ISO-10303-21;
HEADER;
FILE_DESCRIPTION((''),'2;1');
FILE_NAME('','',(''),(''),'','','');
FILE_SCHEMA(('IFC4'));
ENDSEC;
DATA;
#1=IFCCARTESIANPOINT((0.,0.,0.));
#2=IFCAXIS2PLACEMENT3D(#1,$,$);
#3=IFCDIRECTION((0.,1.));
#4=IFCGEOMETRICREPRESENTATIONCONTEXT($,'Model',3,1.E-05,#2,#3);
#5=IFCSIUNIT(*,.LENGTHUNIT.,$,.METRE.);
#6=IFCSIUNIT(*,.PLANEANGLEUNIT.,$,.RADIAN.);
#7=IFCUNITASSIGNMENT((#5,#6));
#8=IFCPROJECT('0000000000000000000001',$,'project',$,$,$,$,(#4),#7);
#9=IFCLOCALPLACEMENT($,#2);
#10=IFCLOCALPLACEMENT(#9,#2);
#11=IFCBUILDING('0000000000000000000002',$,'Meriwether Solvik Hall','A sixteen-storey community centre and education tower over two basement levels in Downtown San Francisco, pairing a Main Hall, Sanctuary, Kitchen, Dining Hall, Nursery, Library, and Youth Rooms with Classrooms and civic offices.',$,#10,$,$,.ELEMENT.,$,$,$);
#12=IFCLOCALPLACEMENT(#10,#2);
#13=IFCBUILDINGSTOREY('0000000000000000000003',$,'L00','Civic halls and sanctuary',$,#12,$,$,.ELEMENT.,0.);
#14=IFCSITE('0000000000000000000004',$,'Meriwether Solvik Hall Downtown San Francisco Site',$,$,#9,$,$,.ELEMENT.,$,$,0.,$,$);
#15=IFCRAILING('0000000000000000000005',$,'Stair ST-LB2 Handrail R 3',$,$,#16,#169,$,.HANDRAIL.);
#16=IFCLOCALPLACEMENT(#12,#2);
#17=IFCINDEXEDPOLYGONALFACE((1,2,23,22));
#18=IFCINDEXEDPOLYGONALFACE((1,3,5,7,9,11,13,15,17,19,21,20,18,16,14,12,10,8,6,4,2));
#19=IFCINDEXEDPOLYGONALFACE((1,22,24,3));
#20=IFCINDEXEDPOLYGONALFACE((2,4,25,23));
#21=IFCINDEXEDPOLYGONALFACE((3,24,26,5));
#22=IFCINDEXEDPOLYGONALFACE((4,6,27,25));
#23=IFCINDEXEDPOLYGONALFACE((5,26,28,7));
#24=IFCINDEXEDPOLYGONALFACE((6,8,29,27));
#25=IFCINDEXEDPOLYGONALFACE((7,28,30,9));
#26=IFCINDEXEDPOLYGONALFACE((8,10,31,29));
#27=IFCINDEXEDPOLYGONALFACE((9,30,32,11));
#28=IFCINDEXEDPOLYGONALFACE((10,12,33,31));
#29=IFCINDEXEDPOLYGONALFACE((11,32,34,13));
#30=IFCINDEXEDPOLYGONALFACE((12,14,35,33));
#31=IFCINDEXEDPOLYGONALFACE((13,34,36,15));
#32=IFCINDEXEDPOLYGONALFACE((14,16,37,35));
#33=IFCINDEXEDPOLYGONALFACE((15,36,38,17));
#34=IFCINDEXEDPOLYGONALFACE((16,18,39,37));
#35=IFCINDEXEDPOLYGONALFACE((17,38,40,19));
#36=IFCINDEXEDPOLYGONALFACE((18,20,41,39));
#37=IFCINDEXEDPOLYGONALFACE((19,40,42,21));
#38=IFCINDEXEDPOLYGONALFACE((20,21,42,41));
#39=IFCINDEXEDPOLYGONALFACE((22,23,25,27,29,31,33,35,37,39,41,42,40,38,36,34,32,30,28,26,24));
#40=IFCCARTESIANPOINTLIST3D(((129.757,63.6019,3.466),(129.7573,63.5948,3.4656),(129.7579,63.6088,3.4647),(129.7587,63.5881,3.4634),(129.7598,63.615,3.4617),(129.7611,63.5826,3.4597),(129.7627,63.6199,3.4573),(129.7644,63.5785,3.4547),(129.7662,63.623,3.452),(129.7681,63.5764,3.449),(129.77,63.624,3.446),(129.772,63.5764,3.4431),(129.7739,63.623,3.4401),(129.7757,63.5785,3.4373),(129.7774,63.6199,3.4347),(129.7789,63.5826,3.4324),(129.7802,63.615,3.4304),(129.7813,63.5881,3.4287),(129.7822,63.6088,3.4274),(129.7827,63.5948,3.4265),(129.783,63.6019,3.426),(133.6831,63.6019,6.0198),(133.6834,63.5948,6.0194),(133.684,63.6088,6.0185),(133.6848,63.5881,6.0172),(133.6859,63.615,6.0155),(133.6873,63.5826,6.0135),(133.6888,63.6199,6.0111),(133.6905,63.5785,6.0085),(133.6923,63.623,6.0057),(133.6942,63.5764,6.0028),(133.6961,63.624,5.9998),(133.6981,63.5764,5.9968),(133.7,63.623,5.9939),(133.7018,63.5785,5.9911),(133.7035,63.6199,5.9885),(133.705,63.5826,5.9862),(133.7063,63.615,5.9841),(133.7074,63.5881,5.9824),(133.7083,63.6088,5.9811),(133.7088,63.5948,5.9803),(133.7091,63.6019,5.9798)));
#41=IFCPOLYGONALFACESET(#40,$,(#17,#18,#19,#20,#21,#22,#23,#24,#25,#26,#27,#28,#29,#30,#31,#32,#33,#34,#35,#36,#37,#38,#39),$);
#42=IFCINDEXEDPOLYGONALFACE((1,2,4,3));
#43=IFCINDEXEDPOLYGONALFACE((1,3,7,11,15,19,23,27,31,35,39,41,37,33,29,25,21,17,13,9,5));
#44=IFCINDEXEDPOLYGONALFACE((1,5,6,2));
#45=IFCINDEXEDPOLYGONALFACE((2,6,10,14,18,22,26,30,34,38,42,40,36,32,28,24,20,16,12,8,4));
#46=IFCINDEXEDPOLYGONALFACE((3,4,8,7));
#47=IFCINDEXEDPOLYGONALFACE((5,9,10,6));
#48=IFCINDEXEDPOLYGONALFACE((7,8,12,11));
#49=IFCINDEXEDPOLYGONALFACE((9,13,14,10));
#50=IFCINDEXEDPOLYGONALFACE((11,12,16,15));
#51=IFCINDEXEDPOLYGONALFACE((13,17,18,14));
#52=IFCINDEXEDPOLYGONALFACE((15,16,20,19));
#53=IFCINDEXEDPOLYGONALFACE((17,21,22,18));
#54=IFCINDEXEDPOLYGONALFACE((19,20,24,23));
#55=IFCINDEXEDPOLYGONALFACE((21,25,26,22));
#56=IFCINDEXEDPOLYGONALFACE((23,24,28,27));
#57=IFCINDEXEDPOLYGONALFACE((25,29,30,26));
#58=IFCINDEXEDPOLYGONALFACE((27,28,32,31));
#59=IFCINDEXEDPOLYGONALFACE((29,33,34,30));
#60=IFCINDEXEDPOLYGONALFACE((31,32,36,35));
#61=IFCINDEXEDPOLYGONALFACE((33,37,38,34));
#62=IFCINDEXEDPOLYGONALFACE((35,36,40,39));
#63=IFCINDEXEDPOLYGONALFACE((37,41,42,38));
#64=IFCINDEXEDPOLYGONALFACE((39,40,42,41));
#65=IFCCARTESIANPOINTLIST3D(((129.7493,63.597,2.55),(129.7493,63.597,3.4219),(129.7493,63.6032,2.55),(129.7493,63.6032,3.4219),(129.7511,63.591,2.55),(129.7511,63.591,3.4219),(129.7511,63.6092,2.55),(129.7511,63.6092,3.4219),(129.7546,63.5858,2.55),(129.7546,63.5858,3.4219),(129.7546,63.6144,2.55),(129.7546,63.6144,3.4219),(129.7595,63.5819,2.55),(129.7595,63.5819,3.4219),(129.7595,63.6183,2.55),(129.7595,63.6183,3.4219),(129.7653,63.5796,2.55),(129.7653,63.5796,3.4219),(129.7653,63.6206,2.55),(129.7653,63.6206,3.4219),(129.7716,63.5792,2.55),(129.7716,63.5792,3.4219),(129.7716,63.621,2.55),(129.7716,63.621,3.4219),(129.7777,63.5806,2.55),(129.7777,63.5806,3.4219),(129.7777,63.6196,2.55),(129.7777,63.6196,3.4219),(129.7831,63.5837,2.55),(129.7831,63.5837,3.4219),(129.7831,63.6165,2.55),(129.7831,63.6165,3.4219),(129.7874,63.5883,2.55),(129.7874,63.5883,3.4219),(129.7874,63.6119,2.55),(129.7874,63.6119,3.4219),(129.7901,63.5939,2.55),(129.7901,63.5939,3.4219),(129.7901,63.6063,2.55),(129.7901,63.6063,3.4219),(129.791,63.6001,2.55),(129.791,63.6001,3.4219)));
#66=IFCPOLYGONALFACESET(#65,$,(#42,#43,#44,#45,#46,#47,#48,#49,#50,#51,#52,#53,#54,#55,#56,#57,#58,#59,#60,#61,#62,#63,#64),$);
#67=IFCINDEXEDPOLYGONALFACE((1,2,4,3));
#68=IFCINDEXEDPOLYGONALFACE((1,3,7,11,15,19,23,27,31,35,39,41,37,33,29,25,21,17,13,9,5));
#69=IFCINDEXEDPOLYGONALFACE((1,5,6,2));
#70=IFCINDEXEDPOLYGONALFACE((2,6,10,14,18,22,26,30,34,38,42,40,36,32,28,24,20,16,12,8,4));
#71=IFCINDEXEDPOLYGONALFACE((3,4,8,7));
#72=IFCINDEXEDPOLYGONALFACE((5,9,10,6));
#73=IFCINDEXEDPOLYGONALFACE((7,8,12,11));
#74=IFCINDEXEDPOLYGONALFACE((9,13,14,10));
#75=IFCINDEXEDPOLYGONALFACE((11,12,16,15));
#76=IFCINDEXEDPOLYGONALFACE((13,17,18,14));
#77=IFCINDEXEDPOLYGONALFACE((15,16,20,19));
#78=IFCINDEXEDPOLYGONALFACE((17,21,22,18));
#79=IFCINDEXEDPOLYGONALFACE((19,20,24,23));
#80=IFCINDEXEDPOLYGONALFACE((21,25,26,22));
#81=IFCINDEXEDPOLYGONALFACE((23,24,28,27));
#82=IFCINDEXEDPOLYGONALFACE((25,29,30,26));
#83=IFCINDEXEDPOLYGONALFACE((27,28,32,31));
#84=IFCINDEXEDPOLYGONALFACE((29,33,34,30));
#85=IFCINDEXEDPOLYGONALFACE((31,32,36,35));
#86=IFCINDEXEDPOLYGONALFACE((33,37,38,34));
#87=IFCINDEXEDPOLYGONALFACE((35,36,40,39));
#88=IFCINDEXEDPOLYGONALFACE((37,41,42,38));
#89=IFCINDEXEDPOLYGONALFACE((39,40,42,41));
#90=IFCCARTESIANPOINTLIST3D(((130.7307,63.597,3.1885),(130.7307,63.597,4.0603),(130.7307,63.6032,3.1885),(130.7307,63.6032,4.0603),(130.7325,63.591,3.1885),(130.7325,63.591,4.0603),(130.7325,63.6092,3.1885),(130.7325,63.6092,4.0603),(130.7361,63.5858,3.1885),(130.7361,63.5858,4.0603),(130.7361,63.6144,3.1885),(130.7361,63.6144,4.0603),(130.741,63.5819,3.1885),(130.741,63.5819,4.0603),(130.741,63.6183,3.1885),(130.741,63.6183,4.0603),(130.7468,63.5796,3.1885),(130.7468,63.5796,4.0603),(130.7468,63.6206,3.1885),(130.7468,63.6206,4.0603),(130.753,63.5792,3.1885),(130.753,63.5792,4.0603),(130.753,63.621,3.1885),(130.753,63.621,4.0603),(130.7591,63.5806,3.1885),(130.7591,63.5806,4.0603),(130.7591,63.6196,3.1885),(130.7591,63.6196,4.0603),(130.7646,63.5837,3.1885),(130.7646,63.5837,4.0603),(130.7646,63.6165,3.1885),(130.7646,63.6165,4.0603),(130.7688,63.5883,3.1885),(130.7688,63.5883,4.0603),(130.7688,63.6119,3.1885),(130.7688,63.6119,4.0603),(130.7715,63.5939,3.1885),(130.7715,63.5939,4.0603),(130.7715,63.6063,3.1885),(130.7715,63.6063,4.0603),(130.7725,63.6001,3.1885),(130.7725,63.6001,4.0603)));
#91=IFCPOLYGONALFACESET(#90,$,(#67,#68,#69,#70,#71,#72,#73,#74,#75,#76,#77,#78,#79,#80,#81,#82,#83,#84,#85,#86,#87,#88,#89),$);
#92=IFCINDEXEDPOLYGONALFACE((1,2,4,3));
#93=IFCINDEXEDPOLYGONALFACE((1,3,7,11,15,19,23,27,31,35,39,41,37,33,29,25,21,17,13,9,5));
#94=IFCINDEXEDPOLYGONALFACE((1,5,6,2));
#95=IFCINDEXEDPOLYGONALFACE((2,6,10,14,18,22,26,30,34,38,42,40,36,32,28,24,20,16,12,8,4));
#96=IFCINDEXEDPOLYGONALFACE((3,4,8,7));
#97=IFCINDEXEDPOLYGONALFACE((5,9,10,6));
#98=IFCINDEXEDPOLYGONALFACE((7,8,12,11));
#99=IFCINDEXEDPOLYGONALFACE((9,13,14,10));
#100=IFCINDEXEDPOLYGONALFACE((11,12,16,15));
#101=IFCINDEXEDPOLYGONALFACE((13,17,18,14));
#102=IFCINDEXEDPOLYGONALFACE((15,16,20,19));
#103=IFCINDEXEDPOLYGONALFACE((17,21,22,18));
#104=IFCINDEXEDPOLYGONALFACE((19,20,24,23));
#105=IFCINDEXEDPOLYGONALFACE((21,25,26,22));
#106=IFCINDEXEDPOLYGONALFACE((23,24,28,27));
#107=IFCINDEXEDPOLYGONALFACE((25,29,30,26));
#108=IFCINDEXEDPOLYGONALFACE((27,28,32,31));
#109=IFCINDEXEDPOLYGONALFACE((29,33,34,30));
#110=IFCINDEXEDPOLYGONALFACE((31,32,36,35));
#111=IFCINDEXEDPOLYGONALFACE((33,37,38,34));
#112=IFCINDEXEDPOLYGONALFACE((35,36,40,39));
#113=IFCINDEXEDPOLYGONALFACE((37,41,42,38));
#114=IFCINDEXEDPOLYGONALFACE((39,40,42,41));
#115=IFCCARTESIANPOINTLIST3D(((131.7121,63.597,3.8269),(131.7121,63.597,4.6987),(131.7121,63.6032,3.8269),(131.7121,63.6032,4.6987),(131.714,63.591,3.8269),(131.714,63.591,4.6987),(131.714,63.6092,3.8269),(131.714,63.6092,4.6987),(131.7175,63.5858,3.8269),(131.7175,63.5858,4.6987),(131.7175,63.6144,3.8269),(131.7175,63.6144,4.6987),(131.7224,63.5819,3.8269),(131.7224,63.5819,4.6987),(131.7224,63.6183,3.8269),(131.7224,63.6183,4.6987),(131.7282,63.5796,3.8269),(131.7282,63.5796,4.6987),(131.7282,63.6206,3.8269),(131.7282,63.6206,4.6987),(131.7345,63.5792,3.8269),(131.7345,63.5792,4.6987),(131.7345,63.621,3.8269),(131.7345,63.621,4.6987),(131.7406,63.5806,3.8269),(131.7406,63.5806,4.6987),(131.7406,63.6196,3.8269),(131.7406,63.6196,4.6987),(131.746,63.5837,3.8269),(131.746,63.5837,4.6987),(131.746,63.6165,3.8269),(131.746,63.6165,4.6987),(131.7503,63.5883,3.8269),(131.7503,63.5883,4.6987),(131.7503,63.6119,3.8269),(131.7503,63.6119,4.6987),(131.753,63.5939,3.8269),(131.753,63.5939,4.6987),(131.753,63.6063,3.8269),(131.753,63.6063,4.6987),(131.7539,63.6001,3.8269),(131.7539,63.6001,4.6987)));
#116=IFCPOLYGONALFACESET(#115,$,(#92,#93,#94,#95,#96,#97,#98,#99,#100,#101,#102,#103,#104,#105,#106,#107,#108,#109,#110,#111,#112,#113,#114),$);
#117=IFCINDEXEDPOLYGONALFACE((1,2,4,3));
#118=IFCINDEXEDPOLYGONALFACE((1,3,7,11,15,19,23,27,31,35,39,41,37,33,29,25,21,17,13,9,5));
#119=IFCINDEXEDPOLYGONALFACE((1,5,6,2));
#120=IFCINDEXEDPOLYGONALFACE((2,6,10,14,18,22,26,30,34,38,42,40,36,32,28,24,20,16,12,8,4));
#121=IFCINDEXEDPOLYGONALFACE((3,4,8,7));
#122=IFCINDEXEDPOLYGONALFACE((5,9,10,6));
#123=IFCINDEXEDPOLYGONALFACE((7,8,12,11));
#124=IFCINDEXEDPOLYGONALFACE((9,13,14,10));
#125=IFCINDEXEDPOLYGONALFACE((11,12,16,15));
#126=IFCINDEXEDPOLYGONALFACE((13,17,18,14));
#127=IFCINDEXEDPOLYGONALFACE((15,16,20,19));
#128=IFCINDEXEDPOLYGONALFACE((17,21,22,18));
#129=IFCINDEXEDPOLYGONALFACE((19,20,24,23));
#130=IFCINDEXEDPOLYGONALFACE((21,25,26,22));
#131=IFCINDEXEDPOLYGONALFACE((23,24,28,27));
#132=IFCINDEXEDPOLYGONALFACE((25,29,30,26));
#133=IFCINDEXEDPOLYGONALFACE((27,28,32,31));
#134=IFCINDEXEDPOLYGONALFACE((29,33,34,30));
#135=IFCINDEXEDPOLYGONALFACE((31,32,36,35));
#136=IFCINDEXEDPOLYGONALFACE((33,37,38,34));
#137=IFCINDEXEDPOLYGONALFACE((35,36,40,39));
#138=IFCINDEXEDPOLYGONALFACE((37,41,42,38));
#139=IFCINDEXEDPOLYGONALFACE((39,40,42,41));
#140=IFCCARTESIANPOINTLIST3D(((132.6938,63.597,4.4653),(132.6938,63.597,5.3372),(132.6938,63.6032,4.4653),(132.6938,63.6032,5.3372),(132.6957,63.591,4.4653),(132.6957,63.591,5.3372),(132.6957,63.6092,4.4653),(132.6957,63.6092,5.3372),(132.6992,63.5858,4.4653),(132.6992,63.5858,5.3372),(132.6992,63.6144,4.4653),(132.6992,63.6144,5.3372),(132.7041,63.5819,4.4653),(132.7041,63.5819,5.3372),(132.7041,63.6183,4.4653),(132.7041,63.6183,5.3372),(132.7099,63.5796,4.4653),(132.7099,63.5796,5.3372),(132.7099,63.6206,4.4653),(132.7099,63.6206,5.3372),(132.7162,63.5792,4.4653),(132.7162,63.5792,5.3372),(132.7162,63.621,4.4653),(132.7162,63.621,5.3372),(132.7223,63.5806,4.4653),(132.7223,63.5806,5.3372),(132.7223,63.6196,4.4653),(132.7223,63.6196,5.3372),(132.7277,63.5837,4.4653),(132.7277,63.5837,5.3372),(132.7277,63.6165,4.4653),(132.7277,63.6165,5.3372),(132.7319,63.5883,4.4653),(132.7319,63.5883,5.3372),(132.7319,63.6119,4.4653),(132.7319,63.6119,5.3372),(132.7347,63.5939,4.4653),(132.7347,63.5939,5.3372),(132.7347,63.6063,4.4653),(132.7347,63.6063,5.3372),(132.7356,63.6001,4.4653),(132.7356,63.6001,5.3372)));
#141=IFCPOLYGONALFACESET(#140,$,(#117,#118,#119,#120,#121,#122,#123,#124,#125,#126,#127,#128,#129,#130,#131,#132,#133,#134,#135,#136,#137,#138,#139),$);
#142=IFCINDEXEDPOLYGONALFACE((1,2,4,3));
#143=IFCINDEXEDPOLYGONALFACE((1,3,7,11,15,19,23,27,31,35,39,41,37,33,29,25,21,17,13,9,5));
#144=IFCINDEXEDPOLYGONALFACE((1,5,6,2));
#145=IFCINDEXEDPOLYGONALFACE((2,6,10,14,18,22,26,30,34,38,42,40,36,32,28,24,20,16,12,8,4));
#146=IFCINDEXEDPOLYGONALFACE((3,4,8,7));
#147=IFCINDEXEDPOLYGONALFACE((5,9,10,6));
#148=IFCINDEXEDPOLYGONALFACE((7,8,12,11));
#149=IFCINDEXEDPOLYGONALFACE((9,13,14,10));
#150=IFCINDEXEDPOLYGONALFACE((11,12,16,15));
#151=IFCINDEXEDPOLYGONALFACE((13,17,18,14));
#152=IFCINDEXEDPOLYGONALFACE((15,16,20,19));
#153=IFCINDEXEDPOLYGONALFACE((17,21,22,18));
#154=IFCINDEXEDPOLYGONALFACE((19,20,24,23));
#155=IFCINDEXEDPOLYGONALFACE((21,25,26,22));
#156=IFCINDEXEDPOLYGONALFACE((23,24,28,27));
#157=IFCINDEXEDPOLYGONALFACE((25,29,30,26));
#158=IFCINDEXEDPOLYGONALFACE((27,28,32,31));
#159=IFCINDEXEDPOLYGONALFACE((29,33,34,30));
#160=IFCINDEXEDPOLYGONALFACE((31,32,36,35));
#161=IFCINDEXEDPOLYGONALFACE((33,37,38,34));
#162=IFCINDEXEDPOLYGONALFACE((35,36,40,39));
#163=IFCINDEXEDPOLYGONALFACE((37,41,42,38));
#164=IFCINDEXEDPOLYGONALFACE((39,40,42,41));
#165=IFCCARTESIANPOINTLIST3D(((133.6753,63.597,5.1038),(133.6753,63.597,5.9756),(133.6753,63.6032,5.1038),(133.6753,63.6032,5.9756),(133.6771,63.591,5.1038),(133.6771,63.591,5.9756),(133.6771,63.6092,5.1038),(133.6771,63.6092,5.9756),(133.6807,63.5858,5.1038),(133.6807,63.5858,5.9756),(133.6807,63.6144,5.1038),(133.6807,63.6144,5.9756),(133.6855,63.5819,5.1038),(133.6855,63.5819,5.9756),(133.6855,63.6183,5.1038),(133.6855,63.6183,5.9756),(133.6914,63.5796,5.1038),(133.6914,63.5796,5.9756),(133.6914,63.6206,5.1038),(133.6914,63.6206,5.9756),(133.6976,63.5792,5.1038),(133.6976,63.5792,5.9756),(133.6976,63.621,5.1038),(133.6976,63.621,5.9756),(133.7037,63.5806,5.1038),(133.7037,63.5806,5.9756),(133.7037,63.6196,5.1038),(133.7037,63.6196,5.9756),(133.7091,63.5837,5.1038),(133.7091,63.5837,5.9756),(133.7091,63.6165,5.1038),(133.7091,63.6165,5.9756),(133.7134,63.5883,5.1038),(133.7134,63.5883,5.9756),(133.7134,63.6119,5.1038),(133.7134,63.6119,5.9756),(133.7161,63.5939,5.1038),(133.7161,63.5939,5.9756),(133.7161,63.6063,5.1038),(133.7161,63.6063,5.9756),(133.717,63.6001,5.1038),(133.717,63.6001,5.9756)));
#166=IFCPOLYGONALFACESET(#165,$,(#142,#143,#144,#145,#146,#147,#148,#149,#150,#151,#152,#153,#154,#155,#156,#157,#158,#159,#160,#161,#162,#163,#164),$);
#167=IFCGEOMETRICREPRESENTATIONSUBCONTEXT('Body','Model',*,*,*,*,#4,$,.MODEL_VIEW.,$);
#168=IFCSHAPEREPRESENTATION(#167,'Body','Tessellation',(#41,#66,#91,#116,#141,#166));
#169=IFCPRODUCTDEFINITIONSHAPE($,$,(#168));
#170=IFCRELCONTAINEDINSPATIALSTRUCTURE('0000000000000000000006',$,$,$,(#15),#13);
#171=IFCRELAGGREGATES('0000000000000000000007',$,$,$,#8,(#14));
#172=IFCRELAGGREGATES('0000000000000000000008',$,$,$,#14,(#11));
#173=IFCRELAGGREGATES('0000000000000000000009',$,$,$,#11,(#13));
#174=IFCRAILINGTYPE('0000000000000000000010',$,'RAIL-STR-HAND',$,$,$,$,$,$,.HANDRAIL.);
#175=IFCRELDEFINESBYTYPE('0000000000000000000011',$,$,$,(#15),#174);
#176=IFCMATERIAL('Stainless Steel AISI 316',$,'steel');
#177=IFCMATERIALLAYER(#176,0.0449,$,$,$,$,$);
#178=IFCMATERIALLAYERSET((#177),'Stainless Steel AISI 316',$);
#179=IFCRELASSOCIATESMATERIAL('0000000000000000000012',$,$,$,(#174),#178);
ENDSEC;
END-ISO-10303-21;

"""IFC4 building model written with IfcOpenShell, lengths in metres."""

from ifc_helpers import new_model, si_unit, direction, frame, origin, origin_2d, place, context, subcontext, project, spatial, circle, extrude, material, layer, layer_set, type_object, element, save


model = new_model("IFC4")

# Units and contexts
model_context = context("Model", 3, precision=1e-05, world=origin(), true_north=direction((0.0, 1.0)))
body_context = subcontext(model_context, "Body", "Model", "MODEL_VIEW")
ifc_project = project(units=[si_unit("LENGTHUNIT", "METRE"), si_unit("PLANEANGLEUNIT", "RADIAN")], contexts=[model_context])

# Site, building, storey
site_placement = place(None, origin())
site = spatial("IfcSite", under=ifc_project, at=site_placement, Name="Meriwether Solvik Hall Downtown San Francisco Site", CompositionType="ELEMENT", RefElevation=0.0)
building_placement = place(site_placement, origin())
building = spatial("IfcBuilding", under=site, at=building_placement, Name="Meriwether Solvik Hall", Description="A sixteen-storey community centre and education tower over two basement levels in Downtown San Francisco, pairing a Main Hall, Sanctuary, Kitchen, Dining Hall, Nursery, Library, and Youth Rooms with Classrooms and civic offices.", CompositionType="ELEMENT")
storey_placement = place(building_placement, origin())
storey = spatial("IfcBuildingStorey", under=building, at=storey_placement, Name="L00", Description="Civic halls and sanctuary", CompositionType="ELEMENT", Elevation=0.0)

# Railing
ifc_material_1 = material(Name="Stainless Steel AISI 316", Category="steel")
ifc_layer_1 = layer(ifc_material_1, 0.0449)
ifc_layer_set_1 = layer_set([ifc_layer_1], Name="Stainless Steel AISI 316")
railing_type_1 = type_object("IfcRailingType", Name="RAIL-STR-HAND", PredefinedType="HANDRAIL", material=ifc_layer_set_1)
railing_1_placement = place(storey_placement, frame((129.77, 63.6001, 2.55)))
element("IfcRailing", 1, at=railing_1_placement, inside=storey, type_object=railing_type_1, Name="Stair ST-LB2 Handrail R 3", PredefinedType="HANDRAIL", context=body_context, shape_type="SweptSolid", body=[
    extrude(circle(Radius=0.0239, at=origin_2d()), frame((0.0, 0.0, 0.896), z_axis=(0.838269, 0.0, 0.545258), x_axis=(0.0, 1.0, 0.0)), (0.0, 0.0, 1.0), 4.6836),
    extrude(circle(Radius=0.021, at=origin_2d()), origin(), (0.0, 0.0, 1.0), 0.8718),
    extrude(circle(Radius=0.021, at=origin_2d()), frame((0.9814, 0.0, 0.6384)), (0.0, 0.0, 1.0), 0.8718),
    extrude(circle(Radius=0.021, at=origin_2d()), frame((1.9629, 0.0, 1.2769)), (0.0, 0.0, 1.0), 0.8718),
    extrude(circle(Radius=0.021, at=origin_2d()), frame((2.9446, 0.0, 1.9153)), (0.0, 0.0, 1.0), 0.8718),
    extrude(circle(Radius=0.021, at=origin_2d()), frame((3.926, 0.0, 2.5537)), (0.0, 0.0, 1.0), 0.8718),
])

save(model, "model.ifc")
